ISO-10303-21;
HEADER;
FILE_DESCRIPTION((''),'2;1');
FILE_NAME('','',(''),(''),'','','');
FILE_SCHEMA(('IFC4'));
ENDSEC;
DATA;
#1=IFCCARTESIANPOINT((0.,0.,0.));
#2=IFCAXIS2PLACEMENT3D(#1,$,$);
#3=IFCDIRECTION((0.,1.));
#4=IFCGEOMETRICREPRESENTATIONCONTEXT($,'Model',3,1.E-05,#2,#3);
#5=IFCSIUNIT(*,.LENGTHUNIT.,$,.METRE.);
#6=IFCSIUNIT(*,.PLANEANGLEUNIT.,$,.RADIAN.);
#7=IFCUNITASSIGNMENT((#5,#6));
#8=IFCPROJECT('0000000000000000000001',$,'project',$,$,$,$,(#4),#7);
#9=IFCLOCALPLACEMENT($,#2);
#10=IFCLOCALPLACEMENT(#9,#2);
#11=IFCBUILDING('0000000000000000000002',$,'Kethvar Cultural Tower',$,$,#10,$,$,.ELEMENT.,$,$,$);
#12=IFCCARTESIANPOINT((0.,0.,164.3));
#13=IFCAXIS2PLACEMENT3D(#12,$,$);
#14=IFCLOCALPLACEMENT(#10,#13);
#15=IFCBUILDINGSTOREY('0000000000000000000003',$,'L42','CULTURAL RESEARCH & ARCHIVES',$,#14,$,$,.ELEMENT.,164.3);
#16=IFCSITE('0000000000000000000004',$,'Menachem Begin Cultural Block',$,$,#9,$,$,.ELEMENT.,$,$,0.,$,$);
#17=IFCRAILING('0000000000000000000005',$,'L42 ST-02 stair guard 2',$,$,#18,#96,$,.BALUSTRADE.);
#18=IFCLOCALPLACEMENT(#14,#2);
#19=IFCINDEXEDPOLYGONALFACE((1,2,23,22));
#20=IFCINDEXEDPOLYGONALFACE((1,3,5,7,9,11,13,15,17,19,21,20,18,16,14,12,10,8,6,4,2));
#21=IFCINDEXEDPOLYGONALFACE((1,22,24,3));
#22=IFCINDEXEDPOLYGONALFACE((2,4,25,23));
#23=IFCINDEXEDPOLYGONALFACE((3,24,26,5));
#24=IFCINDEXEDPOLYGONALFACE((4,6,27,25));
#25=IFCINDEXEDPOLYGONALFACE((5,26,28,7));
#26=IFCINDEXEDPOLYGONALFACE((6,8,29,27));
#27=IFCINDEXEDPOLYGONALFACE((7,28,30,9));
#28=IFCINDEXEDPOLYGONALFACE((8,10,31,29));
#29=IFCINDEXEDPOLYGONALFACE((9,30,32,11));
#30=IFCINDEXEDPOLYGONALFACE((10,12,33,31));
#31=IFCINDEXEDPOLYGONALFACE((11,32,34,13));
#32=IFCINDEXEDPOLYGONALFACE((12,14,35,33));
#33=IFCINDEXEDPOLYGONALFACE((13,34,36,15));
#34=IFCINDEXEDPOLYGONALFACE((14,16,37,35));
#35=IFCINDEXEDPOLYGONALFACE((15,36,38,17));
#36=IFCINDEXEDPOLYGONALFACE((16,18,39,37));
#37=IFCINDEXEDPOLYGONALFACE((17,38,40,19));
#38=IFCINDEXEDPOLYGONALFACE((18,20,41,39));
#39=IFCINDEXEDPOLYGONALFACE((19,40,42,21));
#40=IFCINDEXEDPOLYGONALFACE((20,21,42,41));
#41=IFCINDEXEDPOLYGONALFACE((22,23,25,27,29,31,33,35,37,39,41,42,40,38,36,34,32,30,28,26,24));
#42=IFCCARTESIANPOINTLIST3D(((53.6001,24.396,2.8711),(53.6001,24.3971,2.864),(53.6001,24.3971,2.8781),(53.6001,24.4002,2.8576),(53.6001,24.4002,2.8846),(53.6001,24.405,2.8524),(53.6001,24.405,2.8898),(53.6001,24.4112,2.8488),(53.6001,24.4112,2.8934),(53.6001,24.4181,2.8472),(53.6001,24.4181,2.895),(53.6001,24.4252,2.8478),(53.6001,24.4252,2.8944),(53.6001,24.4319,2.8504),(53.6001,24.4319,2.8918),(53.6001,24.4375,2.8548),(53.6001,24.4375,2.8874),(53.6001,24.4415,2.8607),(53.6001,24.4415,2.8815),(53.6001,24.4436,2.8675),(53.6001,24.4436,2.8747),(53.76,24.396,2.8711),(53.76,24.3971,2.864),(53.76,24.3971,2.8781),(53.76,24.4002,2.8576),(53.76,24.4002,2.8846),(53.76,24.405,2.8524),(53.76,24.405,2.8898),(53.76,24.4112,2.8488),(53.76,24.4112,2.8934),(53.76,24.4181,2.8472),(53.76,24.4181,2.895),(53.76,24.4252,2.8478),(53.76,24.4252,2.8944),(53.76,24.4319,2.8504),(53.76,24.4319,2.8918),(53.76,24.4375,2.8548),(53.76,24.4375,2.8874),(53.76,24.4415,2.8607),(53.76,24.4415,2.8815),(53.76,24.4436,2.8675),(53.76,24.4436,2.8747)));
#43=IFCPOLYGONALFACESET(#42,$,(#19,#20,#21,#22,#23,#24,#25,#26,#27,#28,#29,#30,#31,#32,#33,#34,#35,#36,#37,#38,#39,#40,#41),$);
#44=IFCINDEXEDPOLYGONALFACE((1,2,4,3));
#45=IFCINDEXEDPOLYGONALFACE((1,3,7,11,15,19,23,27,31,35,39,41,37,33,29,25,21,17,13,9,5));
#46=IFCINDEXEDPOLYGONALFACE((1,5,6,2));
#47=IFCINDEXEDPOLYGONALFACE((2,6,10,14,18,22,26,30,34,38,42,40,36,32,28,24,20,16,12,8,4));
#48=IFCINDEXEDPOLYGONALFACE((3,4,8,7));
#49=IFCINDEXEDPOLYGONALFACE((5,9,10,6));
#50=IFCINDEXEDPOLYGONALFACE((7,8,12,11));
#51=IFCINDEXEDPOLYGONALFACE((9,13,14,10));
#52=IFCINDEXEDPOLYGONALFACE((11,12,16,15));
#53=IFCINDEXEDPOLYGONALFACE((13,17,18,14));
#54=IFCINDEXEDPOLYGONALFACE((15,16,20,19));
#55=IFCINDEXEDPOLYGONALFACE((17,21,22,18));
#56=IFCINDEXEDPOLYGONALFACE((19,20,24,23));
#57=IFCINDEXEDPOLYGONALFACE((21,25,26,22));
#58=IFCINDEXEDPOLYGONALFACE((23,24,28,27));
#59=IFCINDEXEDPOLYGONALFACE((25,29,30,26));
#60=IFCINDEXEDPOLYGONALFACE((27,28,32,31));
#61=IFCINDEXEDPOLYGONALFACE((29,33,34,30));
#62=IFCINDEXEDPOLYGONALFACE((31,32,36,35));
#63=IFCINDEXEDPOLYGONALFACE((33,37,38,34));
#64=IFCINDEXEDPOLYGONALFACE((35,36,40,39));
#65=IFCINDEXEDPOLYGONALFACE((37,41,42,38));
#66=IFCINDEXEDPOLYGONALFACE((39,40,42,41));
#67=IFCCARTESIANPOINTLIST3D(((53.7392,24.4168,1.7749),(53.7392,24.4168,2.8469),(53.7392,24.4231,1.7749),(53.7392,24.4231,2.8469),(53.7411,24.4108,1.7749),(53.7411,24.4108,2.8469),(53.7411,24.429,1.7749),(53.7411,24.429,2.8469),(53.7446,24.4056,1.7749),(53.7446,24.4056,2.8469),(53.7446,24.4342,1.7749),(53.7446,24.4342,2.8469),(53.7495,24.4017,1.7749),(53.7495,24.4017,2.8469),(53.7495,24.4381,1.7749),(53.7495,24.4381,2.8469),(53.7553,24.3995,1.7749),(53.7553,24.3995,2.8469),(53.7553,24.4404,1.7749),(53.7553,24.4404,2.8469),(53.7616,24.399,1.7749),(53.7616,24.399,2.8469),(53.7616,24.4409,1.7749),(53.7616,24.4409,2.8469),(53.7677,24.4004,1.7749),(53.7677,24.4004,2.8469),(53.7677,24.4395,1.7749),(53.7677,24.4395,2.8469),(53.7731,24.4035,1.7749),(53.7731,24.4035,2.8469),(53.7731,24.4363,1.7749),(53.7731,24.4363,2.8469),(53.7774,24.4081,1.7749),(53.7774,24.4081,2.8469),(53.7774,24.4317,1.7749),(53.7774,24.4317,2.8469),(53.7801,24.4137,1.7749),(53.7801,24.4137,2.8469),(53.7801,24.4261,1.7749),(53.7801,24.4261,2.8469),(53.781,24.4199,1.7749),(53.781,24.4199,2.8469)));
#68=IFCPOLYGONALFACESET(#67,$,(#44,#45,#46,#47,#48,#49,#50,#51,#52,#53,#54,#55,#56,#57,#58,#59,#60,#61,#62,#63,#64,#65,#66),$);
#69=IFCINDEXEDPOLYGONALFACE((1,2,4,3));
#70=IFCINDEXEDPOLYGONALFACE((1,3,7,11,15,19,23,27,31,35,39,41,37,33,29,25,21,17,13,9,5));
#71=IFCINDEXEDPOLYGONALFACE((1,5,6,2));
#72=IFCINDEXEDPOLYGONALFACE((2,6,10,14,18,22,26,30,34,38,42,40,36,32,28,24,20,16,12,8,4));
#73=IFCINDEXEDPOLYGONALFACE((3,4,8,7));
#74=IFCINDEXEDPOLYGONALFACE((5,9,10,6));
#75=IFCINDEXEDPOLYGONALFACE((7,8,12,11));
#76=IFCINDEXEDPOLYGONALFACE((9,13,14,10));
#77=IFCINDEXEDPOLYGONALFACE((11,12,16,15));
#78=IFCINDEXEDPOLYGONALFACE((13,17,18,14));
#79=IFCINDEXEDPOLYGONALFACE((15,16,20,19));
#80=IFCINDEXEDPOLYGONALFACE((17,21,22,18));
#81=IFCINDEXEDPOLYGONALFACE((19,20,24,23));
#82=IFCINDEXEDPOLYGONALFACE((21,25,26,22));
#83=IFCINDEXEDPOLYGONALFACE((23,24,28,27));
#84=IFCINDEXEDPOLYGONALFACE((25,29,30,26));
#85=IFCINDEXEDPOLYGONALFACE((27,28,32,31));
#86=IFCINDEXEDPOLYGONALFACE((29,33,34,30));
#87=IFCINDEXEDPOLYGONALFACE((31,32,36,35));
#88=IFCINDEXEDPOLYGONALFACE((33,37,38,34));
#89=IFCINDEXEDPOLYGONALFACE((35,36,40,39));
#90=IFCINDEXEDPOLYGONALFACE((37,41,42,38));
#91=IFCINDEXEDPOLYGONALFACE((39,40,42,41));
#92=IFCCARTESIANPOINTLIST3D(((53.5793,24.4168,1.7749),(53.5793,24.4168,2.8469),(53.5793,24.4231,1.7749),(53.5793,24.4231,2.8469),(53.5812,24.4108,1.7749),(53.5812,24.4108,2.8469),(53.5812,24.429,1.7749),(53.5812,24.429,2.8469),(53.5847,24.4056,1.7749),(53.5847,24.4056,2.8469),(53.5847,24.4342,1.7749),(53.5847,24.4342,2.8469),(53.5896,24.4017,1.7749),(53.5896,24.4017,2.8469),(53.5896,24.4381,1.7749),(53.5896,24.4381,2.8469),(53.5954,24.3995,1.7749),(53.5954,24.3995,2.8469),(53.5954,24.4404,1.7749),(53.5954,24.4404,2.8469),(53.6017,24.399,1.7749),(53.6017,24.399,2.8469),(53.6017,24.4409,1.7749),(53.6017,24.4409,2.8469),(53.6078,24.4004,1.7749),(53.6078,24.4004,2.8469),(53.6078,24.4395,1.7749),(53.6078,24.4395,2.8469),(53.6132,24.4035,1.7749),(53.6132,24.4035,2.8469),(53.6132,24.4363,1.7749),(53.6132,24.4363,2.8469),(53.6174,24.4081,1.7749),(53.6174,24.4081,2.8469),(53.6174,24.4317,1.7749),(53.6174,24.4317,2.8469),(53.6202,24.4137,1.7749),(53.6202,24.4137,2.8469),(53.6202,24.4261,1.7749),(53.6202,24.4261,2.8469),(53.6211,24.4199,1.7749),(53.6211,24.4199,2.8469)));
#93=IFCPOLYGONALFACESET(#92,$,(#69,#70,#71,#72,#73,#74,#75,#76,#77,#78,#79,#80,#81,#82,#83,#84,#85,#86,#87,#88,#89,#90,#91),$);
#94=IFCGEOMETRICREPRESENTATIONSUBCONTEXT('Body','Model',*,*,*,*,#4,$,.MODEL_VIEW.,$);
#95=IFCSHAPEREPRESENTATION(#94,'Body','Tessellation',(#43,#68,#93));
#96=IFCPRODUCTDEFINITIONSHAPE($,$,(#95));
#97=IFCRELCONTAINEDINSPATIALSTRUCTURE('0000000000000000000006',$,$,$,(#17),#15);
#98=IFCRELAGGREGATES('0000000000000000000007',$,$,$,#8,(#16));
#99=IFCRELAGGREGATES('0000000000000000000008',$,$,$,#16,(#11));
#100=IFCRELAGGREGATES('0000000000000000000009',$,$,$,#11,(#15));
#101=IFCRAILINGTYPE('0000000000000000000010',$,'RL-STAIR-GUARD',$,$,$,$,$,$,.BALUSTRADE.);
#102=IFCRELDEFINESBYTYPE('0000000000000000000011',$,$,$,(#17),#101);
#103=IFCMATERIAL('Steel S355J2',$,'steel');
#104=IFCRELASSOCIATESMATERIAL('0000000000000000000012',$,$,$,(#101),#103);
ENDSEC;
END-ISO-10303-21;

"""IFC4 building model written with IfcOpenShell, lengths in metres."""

from ifc_helpers import new_model, si_unit, direction, frame, origin, origin_2d, place, context, subcontext, project, spatial, circle, extrude, material, type_object, element, save


model = new_model("IFC4")

# Units and contexts
model_context = context("Model", 3, precision=1e-05, world=origin(), true_north=direction((0.0, 1.0)))
body_context = subcontext(model_context, "Body", "Model", "MODEL_VIEW")
ifc_project = project(units=[si_unit("LENGTHUNIT", "METRE"), si_unit("PLANEANGLEUNIT", "RADIAN")], contexts=[model_context])

# Site, building, storey
site_placement = place(None, origin())
site = spatial("IfcSite", under=ifc_project, at=site_placement, Name="Menachem Begin Cultural Block", CompositionType="ELEMENT", RefElevation=0.0)
building_placement = place(site_placement, origin())
building = spatial("IfcBuilding", under=site, at=building_placement, Name="Kethvar Cultural Tower", CompositionType="ELEMENT")
storey_placement = place(building_placement, frame((0.0, 0.0, 164.3)))
storey = spatial("IfcBuildingStorey", under=building, at=storey_placement, Name="L42", Description="CULTURAL RESEARCH & ARCHIVES", CompositionType="ELEMENT", Elevation=164.3)

# Shared definitions
ifc_material_1 = material(Name="Steel S355J2", Category="steel")

# Railing
railing_type_1 = type_object("IfcRailingType", Name="RL-STAIR-GUARD", PredefinedType="BALUSTRADE", material=ifc_material_1)
railing_1_placement = place(storey_placement, frame((53.76, 24.4199, 1.7749)))
element("IfcRailing", 1, at=railing_1_placement, inside=storey, type_object=railing_type_1, Name="L42 ST-02 stair guard 2", PredefinedType="BALUSTRADE", context=body_context, shape_type="SweptSolid", body=[
    extrude(circle(Radius=0.0239, at=origin_2d()), frame((0.0, 0.0, 1.0962), z_axis=(-1.0, 0.0, 0.0), x_axis=(0.0, -1.0, 0.0)), (0.0, 0.0, 1.0), 0.1599),
    extrude(circle(Radius=0.021, at=origin_2d()), origin(), (0.0, 0.0, 1.0), 1.072),
    extrude(circle(Radius=0.021, at=origin_2d()), frame((-0.1599, 0.0, 0.0)), (0.0, 0.0, 1.0), 1.072),
])

save(model, "model.ifc")
